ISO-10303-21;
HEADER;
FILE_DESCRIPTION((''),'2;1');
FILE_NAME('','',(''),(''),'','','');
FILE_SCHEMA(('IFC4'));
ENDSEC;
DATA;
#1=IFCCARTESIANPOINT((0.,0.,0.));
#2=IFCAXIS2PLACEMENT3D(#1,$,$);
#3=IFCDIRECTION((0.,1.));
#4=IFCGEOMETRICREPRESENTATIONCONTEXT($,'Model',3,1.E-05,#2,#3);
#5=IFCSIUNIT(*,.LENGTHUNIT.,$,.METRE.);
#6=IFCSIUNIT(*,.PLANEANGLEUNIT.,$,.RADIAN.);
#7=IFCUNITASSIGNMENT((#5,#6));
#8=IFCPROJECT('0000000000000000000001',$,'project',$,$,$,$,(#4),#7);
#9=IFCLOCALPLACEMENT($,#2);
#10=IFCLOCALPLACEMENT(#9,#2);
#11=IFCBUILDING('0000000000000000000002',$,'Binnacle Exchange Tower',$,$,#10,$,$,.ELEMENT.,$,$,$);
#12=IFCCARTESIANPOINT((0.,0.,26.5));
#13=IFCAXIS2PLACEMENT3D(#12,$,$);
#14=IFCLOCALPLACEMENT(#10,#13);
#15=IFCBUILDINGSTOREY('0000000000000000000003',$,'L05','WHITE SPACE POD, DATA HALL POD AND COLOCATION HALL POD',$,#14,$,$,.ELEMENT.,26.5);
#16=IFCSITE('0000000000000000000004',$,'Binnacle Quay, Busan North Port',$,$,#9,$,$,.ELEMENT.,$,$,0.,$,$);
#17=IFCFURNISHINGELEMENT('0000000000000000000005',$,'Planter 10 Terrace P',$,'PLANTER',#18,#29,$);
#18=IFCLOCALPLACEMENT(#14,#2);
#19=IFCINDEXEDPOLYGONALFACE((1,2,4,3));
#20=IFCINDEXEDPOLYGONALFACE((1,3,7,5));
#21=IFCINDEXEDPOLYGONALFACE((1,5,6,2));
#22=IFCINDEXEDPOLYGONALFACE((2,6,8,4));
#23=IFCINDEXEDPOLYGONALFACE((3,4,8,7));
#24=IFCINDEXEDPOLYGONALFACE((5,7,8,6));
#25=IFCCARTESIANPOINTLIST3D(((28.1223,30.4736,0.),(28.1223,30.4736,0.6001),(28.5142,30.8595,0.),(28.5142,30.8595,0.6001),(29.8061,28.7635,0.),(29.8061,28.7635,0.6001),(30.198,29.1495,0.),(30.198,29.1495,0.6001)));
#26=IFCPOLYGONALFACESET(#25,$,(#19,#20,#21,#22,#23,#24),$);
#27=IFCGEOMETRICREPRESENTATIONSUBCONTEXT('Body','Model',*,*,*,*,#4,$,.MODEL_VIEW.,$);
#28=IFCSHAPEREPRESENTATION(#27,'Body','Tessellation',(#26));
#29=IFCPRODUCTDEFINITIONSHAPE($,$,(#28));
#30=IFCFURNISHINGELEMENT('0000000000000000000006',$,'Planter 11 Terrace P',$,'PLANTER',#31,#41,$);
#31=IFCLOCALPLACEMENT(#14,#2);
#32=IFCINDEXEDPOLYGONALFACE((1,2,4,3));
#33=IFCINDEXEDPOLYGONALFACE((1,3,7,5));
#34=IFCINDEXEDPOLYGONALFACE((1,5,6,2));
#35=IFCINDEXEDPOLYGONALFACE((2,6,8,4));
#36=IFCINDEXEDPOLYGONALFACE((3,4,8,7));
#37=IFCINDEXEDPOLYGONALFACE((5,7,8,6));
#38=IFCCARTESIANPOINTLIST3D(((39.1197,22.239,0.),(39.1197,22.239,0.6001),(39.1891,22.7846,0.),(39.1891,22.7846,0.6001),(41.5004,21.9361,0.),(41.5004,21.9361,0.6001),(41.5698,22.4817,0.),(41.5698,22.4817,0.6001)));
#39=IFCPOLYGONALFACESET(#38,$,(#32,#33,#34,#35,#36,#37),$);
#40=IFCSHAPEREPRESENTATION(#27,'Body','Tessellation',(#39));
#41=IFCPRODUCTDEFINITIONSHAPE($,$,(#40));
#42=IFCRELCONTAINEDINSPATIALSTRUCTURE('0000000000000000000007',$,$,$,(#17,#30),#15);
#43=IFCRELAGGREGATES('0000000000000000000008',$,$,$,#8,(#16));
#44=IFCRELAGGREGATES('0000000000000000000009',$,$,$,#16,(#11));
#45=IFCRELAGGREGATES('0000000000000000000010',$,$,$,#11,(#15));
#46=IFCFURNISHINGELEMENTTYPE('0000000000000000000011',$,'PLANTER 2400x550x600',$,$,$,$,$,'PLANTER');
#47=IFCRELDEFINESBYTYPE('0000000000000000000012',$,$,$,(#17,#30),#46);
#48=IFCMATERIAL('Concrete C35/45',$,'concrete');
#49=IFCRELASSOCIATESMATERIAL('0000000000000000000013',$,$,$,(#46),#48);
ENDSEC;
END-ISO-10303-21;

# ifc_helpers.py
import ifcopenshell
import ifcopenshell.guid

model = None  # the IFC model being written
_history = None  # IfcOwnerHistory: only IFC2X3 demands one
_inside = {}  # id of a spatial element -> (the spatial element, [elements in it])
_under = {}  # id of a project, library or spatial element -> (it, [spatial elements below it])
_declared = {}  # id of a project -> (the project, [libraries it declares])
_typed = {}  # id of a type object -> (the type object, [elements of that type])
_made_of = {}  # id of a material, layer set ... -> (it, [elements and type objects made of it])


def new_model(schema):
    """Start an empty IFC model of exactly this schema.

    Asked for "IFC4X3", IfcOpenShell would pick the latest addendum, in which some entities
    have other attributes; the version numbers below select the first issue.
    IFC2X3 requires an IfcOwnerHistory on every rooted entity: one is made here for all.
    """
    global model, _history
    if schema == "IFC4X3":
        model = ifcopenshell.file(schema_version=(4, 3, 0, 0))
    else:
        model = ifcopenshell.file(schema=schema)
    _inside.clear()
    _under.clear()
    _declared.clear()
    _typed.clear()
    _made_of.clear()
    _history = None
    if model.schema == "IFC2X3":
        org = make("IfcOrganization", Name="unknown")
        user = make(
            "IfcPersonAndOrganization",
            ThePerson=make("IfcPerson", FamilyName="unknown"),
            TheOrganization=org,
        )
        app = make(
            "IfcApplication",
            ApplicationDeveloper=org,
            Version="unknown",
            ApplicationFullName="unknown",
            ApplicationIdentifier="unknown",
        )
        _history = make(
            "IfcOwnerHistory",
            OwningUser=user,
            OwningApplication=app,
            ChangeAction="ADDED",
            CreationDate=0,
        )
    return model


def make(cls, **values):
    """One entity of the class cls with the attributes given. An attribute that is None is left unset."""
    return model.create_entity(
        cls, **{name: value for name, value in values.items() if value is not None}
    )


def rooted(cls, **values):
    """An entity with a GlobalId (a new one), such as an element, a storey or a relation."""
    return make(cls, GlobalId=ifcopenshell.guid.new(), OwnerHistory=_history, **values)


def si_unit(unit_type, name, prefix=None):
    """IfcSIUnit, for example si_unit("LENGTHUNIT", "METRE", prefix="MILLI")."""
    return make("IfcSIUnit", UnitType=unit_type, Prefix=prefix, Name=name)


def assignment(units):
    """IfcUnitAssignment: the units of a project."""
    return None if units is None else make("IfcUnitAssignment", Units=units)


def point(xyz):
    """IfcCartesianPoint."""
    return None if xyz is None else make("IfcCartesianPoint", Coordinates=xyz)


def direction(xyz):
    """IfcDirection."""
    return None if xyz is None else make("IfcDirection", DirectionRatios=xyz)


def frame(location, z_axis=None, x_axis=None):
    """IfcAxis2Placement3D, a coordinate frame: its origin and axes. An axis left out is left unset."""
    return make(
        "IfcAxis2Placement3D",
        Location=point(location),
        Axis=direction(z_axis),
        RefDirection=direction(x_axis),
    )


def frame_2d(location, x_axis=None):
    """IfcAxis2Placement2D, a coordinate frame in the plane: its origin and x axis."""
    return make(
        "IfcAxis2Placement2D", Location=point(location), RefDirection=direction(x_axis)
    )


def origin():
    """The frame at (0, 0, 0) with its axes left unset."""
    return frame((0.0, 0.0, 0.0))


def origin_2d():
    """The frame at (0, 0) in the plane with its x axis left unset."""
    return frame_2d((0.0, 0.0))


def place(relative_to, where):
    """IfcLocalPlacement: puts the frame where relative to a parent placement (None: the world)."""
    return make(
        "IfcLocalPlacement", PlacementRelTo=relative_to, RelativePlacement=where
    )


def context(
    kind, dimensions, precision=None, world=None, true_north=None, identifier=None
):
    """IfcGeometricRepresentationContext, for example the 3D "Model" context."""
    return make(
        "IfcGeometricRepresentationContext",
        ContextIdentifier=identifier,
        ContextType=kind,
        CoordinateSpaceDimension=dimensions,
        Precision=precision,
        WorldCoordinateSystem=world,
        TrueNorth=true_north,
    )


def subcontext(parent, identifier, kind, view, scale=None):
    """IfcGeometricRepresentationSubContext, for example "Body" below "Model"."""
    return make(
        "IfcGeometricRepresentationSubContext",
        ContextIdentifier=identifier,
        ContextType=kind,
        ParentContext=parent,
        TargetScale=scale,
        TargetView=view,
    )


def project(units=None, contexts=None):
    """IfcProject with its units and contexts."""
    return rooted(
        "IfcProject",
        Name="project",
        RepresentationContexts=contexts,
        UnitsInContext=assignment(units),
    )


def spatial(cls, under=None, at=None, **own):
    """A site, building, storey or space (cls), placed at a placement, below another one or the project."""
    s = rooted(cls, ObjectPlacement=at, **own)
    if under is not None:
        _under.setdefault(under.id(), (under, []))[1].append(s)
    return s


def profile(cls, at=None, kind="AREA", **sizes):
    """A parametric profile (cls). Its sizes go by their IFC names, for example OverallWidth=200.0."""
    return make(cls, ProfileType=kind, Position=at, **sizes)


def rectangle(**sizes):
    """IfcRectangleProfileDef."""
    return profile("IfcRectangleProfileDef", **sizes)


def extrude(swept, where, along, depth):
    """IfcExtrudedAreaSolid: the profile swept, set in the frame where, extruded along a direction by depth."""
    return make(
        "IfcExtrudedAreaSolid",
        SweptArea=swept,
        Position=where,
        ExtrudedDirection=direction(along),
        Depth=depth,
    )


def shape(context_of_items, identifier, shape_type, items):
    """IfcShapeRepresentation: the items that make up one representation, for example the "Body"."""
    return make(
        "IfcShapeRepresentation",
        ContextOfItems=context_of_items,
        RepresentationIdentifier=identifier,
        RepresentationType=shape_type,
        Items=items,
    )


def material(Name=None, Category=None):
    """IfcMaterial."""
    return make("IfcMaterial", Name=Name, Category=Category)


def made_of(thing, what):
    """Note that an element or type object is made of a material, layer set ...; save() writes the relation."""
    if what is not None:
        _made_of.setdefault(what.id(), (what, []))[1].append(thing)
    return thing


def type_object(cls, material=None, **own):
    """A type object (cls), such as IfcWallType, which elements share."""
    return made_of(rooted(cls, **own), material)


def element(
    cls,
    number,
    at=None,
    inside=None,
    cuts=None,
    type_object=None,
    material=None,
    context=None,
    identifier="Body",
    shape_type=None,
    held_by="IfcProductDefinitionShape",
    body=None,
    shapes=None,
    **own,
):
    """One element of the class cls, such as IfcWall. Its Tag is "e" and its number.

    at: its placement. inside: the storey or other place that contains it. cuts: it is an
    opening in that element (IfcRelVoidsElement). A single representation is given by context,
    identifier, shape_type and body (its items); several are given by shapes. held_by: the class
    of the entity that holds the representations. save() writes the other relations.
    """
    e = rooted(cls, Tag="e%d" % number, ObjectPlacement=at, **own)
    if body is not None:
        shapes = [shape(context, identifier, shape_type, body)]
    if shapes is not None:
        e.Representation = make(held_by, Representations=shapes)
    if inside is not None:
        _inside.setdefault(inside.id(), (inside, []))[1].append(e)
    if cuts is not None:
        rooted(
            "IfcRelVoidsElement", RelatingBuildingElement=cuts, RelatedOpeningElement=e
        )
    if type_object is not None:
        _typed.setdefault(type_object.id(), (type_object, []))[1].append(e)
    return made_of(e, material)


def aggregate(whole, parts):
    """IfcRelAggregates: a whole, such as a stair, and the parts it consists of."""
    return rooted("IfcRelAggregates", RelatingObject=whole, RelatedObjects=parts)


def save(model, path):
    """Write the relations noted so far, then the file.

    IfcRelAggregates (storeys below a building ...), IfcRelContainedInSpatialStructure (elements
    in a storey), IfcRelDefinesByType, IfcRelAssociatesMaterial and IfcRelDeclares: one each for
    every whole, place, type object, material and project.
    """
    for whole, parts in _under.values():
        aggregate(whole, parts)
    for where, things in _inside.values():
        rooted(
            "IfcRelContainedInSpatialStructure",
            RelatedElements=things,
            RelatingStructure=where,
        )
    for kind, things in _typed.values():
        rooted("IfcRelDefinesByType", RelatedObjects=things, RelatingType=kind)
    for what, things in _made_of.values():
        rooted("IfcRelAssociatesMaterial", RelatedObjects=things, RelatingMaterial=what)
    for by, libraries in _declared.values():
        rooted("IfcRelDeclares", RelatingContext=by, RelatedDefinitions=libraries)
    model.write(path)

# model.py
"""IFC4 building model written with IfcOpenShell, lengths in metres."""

from ifc_helpers import new_model, si_unit, direction, frame, origin, origin_2d, place, context, subcontext, project, spatial, rectangle, extrude, material, type_object, element, save


model = new_model("IFC4")

# Units and contexts
model_context = context("Model", 3, precision=1e-05, world=origin(), true_north=direction((0.0, 1.0)))
body_context = subcontext(model_context, "Body", "Model", "MODEL_VIEW")
ifc_project = project(units=[si_unit("LENGTHUNIT", "METRE"), si_unit("PLANEANGLEUNIT", "RADIAN")], contexts=[model_context])

# Site, building, storey
site_placement = place(None, origin())
site = spatial("IfcSite", under=ifc_project, at=site_placement, Name="Binnacle Quay, Busan North Port", CompositionType="ELEMENT", RefElevation=0.0)
building_placement = place(site_placement, origin())
building = spatial("IfcBuilding", under=site, at=building_placement, Name="Binnacle Exchange Tower", CompositionType="ELEMENT")
storey_placement = place(building_placement, frame((0.0, 0.0, 26.5)))
storey = spatial("IfcBuildingStorey", under=building, at=storey_placement, Name="L05", Description="WHITE SPACE POD, DATA HALL POD AND COLOCATION HALL POD", CompositionType="ELEMENT", Elevation=26.5)

# Furnishing elements
ifc_material_1 = material(Name="Concrete C35/45", Category="concrete")
furnishing_element_type = type_object("IfcFurnishingElementType", Name="PLANTER 2400x550x600", ElementType="PLANTER", material=ifc_material_1)
for number, where, z_axis, x_axis, name in (
    (1, (29.1602, 29.8115, 0.0), (0.0, 0.0, 1.0), (0.70163, -0.712542, 0.0), "Planter 10 Terrace P"),
    (2, (40.3447, 22.3604, 0.0), (0.0, 0.0, 1.0), (0.992004, -0.126204, 0.0), "Planter 11 Terrace P"),
):
    element("IfcFurnishingElement", number, at=place(storey_placement, frame(where, z_axis=z_axis, x_axis=x_axis)), inside=storey, type_object=furnishing_element_type, Name=name, ObjectType="PLANTER", context=body_context, shape_type="SweptSolid", body=[
        extrude(rectangle(XDim=2.3999, YDim=0.55, at=origin_2d()), origin(), (0.0, 0.0, 1.0), 0.6001),
    ])

save(model, "model.ifc")
